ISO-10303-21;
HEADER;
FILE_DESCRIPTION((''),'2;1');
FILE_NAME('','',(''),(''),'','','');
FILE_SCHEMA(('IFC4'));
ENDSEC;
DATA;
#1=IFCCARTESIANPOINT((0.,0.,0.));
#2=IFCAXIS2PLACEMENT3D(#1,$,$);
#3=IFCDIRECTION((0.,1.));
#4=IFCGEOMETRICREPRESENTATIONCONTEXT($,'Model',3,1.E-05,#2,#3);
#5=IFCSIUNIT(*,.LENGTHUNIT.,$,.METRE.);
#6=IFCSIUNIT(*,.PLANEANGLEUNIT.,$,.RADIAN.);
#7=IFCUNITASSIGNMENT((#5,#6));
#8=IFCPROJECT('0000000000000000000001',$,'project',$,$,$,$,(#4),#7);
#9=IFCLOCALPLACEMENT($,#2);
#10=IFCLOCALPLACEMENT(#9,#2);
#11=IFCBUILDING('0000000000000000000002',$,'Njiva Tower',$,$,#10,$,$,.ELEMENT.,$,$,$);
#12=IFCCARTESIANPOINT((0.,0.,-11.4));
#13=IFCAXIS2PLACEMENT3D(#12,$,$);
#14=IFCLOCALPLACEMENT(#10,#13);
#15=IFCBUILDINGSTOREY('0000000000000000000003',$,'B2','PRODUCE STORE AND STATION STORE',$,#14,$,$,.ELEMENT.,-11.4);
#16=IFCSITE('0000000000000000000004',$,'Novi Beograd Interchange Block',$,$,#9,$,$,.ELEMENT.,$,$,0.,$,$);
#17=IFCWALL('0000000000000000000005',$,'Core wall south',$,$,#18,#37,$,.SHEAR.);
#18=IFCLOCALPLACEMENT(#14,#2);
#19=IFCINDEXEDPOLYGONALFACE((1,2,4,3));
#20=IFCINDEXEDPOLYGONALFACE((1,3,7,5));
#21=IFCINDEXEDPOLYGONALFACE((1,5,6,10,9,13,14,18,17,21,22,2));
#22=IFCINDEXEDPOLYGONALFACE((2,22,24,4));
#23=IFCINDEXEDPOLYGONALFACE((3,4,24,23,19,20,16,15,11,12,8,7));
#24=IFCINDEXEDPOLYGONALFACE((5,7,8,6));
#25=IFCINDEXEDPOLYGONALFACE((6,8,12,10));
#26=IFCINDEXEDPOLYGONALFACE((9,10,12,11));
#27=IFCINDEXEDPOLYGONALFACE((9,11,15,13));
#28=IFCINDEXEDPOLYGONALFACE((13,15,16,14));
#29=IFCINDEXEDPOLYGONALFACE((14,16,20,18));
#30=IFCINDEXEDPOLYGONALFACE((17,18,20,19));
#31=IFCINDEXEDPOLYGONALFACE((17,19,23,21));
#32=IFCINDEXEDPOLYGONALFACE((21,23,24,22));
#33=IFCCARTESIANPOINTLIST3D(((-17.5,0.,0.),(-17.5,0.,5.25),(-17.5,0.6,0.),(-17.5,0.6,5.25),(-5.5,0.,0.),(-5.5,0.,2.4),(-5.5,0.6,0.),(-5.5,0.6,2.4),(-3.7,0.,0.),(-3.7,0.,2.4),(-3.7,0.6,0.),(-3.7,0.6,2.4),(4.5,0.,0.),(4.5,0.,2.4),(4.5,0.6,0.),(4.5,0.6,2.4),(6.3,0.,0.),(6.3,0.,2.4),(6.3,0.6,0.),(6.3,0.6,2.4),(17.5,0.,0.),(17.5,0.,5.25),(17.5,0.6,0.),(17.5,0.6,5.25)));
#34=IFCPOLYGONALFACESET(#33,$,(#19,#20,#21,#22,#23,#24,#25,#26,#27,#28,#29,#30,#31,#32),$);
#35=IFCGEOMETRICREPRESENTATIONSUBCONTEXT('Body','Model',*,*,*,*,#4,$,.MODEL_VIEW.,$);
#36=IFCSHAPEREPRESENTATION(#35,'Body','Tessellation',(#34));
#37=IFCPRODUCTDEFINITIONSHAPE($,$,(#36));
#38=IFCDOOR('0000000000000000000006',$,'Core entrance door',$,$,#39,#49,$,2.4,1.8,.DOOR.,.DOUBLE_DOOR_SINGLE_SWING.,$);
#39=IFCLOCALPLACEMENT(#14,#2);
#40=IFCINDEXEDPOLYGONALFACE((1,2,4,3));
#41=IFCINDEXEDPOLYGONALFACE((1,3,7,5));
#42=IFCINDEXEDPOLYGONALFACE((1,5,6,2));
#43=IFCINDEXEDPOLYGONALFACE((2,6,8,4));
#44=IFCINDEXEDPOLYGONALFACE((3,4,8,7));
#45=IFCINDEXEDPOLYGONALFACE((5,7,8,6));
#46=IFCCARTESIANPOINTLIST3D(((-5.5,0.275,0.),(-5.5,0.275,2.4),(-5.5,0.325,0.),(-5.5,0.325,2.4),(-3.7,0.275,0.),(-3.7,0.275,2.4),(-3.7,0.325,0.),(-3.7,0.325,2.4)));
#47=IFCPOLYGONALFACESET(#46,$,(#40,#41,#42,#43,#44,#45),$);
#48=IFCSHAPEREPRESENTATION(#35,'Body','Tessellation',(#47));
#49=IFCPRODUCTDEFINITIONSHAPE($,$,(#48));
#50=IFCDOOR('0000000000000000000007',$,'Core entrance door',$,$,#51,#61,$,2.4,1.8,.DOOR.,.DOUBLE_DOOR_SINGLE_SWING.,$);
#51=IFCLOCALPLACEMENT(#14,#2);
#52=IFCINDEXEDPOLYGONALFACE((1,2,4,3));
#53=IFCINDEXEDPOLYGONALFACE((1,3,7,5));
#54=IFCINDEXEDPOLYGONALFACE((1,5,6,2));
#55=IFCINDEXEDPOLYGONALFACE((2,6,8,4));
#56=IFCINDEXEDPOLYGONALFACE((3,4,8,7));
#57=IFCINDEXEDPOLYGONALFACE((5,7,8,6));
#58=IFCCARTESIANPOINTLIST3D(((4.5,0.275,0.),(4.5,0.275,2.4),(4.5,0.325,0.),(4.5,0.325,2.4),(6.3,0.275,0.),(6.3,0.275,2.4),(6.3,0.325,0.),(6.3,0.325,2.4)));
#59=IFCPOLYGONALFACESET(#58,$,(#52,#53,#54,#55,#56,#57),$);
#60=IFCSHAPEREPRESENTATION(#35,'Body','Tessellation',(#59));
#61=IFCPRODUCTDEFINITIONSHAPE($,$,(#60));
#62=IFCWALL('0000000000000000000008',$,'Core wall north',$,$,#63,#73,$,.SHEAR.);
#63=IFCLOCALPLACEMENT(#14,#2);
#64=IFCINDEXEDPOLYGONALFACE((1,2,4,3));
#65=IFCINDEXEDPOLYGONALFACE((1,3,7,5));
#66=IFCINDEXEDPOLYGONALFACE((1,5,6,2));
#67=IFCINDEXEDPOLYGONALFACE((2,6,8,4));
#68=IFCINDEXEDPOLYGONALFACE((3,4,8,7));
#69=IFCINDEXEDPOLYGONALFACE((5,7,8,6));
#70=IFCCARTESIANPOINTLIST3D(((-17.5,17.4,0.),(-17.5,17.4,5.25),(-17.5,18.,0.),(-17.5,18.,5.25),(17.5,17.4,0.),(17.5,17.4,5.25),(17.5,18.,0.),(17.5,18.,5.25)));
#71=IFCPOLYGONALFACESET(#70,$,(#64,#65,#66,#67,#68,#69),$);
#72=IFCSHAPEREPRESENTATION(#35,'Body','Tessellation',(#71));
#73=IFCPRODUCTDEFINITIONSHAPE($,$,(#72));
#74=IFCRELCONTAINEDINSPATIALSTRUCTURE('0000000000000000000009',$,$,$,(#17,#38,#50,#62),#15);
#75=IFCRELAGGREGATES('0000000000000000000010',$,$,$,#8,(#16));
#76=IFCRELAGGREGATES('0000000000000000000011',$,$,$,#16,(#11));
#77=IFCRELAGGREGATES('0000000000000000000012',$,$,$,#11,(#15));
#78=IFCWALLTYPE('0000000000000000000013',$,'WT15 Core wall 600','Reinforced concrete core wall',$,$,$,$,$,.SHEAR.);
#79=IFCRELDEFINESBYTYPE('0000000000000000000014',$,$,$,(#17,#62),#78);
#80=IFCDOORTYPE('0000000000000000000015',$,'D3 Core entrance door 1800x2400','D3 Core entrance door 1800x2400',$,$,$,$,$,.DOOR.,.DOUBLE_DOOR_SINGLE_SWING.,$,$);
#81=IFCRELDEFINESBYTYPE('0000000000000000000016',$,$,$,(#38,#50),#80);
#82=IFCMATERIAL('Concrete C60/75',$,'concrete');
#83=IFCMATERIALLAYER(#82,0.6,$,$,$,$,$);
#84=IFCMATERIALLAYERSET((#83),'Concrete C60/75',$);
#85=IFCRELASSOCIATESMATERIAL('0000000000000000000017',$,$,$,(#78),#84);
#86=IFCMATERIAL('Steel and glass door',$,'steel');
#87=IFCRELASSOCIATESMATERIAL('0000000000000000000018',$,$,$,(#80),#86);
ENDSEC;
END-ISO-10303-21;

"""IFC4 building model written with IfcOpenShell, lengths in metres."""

from ifc_helpers import new_model, si_unit, direction, frame, frame_2d, origin, place, context, subcontext, project, spatial, rectangle, extrude, material, layer, layer_set, type_object, element, fill, save


model = new_model("IFC4")

# Units and contexts
model_context = context("Model", 3, precision=1e-05, world=origin(), true_north=direction((0.0, 1.0)))
body_context = subcontext(model_context, "Body", "Model", "MODEL_VIEW")
ifc_project = project(units=[si_unit("LENGTHUNIT", "METRE"), si_unit("PLANEANGLEUNIT", "RADIAN")], contexts=[model_context])

# Site, building, storey
site_placement = place(None, origin())
site = spatial("IfcSite", under=ifc_project, at=site_placement, Name="Novi Beograd Interchange Block", CompositionType="ELEMENT", RefElevation=0.0)
building_placement = place(site_placement, origin())
building = spatial("IfcBuilding", under=site, at=building_placement, Name="Njiva Tower", CompositionType="ELEMENT")
storey_placement = place(building_placement, frame((0.0, 0.0, -11.4)))
storey = spatial("IfcBuildingStorey", under=building, at=storey_placement, Name="B2", Description="PRODUCE STORE AND STATION STORE", CompositionType="ELEMENT", Elevation=-11.4)

# Wall, openings, doors
ifc_material_1 = material(Name="Concrete C60/75", Category="concrete")
ifc_layer_1 = layer(ifc_material_1, 0.6)
ifc_layer_set_1 = layer_set([ifc_layer_1], Name="Concrete C60/75")
wall_type_1 = type_object("IfcWallType", Name="WT15 Core wall 600", Description="Reinforced concrete core wall", PredefinedType="SHEAR", material=ifc_layer_set_1)
wall_1_placement = place(storey_placement, frame((-17.5, 0.3, 0.0), z_axis=(0.0, 0.0, 1.0), x_axis=(1.0, 0.0, 0.0)))
wall_1 = element("IfcWall", 1, at=wall_1_placement, inside=storey, type_object=wall_type_1, Name="Core wall south", PredefinedType="SHEAR", context=body_context, shape_type="SweptSolid", body=[
    extrude(rectangle(XDim=35.0, YDim=0.6, at=frame_2d((17.5, 0.0))), origin(), (0.0, 0.0, 1.0), 5.25),
])
opening_1_placement = place(wall_1_placement, frame((12.0, 0.0, 0.0)))
opening_1 = element("IfcOpeningElement", 2, at=opening_1_placement, cuts=wall_1, PredefinedType="OPENING", context=body_context, shape_type="SweptSolid", body=[
    extrude(rectangle(XDim=1.8, YDim=2.4, at=frame_2d((0.9, 1.2))), frame((0.0, 0.31, 0.0), z_axis=(0.0, -1.0, 0.0), x_axis=(1.0, 0.0, 0.0)), (0.0, 0.0, 1.0), 0.62),
])
opening_2_placement = place(wall_1_placement, frame((22.0, 0.0, 0.0)))
opening_2 = element("IfcOpeningElement", 3, at=opening_2_placement, cuts=wall_1, PredefinedType="OPENING", context=body_context, shape_type="SweptSolid", body=[
    extrude(rectangle(XDim=1.8, YDim=2.4, at=frame_2d((0.9, 1.2))), frame((0.0, 0.31, 0.0), z_axis=(0.0, -1.0, 0.0), x_axis=(1.0, 0.0, 0.0)), (0.0, 0.0, 1.0), 0.62),
])
ifc_material_2 = material(Name="Steel and glass door", Category="steel")
door_type_1 = type_object("IfcDoorType", Name="D3 Core entrance door 1800x2400", Description="D3 Core entrance door 1800x2400", OperationType="DOUBLE_DOOR_SINGLE_SWING", PredefinedType="DOOR", material=ifc_material_2)
door_1_placement = place(opening_1_placement, origin())
door_1 = element("IfcDoor", 4, at=door_1_placement, inside=storey, type_object=door_type_1, Name="Core entrance door", OperationType="DOUBLE_DOOR_SINGLE_SWING", OverallHeight=2.4, OverallWidth=1.8, PredefinedType="DOOR", context=body_context, shape_type="SweptSolid", body=[
    extrude(rectangle(XDim=1.8, YDim=2.4, at=frame_2d((0.9, 1.2))), frame((0.0, 0.025, 0.0), z_axis=(0.0, -1.0, 0.0), x_axis=(1.0, 0.0, 0.0)), (0.0, 0.0, 1.0), 0.05),
])
fill(opening_1, door_1)
door_2_placement = place(opening_2_placement, origin())
door_2 = element("IfcDoor", 5, at=door_2_placement, inside=storey, type_object=door_type_1, Name="Core entrance door", OperationType="DOUBLE_DOOR_SINGLE_SWING", OverallHeight=2.4, OverallWidth=1.8, PredefinedType="DOOR", context=body_context, shape_type="SweptSolid", body=[
    extrude(rectangle(XDim=1.8, YDim=2.4, at=frame_2d((0.9, 1.2))), frame((0.0, 0.025, 0.0), z_axis=(0.0, -1.0, 0.0), x_axis=(1.0, 0.0, 0.0)), (0.0, 0.0, 1.0), 0.05),
])
fill(opening_2, door_2)

# Wall
wall_2_placement = place(storey_placement, frame((-17.5, 17.7, 0.0), z_axis=(0.0, 0.0, 1.0), x_axis=(1.0, 0.0, 0.0)))
element("IfcWall", 6, at=wall_2_placement, inside=storey, type_object=wall_type_1, Name="Core wall north", PredefinedType="SHEAR", context=body_context, shape_type="SweptSolid", body=[
    extrude(rectangle(XDim=35.0, YDim=0.6, at=frame_2d((17.5, 0.0))), origin(), (0.0, 0.0, 1.0), 5.25),
])

save(model, "model.ifc")
